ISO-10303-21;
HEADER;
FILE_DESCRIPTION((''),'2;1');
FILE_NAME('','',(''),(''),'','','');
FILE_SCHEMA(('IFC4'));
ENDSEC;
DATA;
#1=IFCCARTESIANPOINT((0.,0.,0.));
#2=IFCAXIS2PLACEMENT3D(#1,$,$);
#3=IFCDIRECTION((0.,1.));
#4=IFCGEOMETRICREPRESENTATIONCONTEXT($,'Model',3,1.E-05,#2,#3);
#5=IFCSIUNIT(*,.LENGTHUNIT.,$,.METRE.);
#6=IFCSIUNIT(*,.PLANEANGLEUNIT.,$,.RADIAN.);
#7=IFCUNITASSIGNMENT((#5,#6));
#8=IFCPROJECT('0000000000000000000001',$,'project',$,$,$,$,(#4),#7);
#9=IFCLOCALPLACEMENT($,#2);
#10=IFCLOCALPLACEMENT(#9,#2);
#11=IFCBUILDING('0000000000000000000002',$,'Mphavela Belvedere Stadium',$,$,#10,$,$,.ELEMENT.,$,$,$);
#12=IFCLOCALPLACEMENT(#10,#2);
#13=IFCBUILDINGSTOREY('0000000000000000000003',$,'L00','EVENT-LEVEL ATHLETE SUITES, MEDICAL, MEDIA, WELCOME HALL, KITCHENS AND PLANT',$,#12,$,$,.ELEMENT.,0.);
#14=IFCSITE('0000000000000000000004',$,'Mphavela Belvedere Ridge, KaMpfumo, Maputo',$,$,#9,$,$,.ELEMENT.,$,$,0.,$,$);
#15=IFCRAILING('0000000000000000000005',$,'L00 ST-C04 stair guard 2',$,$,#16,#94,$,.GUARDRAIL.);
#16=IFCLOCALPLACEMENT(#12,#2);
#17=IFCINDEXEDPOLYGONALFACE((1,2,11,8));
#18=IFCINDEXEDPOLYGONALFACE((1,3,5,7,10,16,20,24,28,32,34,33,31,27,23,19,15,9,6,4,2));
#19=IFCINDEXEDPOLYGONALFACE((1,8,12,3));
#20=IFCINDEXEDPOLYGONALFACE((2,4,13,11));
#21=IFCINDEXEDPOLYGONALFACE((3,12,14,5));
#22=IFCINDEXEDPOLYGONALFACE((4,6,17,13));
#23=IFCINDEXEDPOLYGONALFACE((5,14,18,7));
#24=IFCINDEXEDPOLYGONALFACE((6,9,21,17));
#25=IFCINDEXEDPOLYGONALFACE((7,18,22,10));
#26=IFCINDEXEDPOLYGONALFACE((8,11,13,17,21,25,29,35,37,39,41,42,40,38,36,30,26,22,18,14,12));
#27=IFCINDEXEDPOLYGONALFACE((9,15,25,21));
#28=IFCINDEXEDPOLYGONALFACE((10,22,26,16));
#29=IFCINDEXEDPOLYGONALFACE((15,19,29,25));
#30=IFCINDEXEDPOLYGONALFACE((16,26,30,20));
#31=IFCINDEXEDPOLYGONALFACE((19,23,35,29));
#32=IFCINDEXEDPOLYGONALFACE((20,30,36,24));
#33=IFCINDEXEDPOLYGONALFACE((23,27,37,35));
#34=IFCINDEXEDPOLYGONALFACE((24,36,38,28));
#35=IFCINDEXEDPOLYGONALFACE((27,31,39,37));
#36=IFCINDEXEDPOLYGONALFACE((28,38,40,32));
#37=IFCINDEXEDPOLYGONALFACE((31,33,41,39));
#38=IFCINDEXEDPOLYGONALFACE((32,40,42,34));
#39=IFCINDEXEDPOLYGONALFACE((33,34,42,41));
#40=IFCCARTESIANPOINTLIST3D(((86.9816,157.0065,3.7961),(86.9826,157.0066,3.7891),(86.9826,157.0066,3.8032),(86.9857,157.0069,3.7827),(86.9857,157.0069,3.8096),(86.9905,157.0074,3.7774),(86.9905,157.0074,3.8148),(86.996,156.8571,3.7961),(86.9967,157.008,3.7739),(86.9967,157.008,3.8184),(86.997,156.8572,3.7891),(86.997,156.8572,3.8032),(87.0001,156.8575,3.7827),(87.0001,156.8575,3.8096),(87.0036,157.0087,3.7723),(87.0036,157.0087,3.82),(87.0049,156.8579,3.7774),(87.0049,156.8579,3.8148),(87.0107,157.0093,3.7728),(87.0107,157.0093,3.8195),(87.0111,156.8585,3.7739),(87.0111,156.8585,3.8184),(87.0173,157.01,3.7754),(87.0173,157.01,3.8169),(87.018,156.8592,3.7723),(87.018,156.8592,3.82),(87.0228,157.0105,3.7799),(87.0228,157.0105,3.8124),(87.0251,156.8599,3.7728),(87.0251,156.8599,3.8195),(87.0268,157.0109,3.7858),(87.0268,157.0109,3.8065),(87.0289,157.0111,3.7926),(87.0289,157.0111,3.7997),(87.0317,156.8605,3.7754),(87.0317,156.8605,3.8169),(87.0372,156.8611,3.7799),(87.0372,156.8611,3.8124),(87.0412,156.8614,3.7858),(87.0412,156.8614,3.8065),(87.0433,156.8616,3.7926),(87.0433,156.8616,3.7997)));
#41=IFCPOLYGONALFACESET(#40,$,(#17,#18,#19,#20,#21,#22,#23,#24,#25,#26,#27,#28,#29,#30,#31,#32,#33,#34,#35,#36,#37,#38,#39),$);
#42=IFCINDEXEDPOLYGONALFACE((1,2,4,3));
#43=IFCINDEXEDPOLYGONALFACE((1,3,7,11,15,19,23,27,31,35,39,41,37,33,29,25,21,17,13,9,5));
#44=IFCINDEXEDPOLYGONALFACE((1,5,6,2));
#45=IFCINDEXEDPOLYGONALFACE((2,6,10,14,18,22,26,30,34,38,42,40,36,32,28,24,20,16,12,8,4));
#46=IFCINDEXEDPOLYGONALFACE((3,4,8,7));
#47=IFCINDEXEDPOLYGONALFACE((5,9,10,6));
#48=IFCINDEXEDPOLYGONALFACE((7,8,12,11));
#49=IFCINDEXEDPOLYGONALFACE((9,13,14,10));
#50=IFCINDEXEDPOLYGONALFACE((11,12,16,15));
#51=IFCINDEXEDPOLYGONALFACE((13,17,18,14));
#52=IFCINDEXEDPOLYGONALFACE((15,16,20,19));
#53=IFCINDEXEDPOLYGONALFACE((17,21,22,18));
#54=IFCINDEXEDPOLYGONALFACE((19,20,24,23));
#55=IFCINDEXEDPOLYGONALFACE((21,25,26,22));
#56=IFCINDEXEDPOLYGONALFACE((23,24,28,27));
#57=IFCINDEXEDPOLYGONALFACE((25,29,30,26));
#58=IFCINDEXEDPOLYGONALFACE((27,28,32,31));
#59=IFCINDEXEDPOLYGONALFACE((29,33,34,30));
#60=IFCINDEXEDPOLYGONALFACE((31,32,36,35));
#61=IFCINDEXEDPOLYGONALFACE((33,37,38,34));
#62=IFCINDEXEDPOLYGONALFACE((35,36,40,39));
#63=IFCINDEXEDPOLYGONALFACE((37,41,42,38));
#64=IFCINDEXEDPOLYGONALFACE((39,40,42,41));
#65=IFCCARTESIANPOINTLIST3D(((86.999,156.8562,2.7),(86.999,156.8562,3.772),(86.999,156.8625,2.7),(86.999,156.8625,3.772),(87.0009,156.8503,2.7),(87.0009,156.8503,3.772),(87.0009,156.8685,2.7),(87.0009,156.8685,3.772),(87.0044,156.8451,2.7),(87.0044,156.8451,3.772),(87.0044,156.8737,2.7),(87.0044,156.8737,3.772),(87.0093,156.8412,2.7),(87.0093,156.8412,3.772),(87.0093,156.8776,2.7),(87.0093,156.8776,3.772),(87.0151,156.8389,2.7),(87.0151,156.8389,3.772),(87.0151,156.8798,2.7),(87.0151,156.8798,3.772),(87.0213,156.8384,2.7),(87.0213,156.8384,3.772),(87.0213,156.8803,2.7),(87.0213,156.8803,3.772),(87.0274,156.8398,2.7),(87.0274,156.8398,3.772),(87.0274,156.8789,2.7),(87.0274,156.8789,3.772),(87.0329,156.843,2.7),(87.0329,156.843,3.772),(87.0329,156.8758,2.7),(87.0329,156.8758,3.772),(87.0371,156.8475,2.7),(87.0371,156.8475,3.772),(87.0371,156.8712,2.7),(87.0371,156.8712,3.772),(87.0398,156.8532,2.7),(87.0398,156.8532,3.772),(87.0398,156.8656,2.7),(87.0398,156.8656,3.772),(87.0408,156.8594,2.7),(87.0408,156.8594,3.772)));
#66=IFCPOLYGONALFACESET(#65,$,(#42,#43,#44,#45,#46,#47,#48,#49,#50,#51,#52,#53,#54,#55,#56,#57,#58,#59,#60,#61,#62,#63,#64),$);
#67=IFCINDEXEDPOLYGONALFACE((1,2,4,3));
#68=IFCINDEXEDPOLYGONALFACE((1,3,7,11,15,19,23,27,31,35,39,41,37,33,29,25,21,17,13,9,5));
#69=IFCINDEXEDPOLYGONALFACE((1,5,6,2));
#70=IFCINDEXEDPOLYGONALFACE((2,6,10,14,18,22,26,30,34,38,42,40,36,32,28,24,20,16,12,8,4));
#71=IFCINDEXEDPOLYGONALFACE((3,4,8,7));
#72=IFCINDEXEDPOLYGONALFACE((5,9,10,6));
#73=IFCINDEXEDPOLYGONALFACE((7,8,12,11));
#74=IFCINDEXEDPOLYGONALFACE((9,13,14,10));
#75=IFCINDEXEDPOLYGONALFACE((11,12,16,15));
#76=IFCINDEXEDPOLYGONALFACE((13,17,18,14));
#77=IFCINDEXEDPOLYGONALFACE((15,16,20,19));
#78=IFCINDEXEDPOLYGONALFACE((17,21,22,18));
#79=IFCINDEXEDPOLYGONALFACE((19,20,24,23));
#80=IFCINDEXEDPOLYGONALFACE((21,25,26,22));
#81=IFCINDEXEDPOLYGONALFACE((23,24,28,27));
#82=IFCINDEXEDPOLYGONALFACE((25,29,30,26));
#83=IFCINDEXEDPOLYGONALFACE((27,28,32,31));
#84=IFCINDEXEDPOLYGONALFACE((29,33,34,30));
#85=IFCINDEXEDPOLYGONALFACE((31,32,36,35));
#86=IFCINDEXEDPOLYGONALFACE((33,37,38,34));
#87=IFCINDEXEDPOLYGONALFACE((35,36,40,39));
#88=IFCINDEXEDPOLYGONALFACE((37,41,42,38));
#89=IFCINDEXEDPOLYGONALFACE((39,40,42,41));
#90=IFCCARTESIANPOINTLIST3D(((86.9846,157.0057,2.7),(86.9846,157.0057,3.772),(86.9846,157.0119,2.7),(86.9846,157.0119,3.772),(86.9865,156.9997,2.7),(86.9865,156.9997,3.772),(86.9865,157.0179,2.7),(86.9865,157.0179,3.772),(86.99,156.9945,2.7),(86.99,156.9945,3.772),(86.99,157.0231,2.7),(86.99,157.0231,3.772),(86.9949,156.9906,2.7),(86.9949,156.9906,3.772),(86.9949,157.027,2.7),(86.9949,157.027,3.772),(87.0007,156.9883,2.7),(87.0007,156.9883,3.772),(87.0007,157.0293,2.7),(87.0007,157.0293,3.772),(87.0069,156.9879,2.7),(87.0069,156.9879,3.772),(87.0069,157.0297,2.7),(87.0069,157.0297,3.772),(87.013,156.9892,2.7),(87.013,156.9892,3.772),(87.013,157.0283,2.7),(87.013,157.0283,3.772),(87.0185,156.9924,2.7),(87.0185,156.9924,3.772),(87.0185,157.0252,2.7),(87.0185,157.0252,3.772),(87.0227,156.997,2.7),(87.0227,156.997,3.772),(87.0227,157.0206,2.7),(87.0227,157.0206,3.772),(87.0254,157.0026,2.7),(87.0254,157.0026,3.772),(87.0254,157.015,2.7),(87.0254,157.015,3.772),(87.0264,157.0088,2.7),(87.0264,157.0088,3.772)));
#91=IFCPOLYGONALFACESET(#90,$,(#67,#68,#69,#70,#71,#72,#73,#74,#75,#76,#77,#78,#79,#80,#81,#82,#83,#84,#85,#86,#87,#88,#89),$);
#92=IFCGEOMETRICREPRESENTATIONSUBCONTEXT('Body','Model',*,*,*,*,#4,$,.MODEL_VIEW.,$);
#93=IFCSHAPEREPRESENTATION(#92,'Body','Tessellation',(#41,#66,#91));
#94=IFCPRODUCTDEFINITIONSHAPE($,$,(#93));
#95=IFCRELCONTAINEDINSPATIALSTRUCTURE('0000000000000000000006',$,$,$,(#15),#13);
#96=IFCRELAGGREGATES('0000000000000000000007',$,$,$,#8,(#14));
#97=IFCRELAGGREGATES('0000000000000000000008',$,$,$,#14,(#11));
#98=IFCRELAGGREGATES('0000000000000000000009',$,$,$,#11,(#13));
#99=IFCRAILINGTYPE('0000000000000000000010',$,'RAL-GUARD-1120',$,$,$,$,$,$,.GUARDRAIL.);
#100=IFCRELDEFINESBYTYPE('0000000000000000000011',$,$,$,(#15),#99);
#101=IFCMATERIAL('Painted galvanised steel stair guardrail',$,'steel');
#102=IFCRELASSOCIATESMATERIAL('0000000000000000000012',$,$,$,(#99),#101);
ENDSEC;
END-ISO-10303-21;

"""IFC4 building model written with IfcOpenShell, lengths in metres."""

from ifc_helpers import new_model, si_unit, direction, frame, origin, origin_2d, place, context, subcontext, project, spatial, circle, extrude, material, type_object, element, save


model = new_model("IFC4")

# Units and contexts
model_context = context("Model", 3, precision=1e-05, world=origin(), true_north=direction((0.0, 1.0)))
body_context = subcontext(model_context, "Body", "Model", "MODEL_VIEW")
ifc_project = project(units=[si_unit("LENGTHUNIT", "METRE"), si_unit("PLANEANGLEUNIT", "RADIAN")], contexts=[model_context])

# Site, building, storey
site_placement = place(None, origin())
site = spatial("IfcSite", under=ifc_project, at=site_placement, Name="Mphavela Belvedere Ridge, KaMpfumo, Maputo", CompositionType="ELEMENT", RefElevation=0.0)
building_placement = place(site_placement, origin())
building = spatial("IfcBuilding", under=site, at=building_placement, Name="Mphavela Belvedere Stadium", CompositionType="ELEMENT")
storey_placement = place(building_placement, origin())
storey = spatial("IfcBuildingStorey", under=building, at=storey_placement, Name="L00", Description="EVENT-LEVEL ATHLETE SUITES, MEDICAL, MEDIA, WELCOME HALL, KITCHENS AND PLANT", CompositionType="ELEMENT", Elevation=0.0)

# Railing
ifc_material_1 = material(Name="Painted galvanised steel stair guardrail", Category="steel")
railing_type_1 = type_object("IfcRailingType", Name="RAL-GUARD-1120", PredefinedType="GUARDRAIL", material=ifc_material_1)
railing_1_placement = place(storey_placement, frame((87.0198, 156.8594, 2.7)))
element("IfcRailing", 1, at=railing_1_placement, inside=storey, type_object=railing_type_1, Name="L00 ST-C04 stair guard 2", PredefinedType="GUARDRAIL", context=body_context, shape_type="SweptSolid", body=[
    extrude(circle(Radius=0.0239, at=origin_2d()), frame((0.0, 0.0, 1.0962), z_axis=(-0.09596, 0.995385, 0.0), x_axis=(-0.995385, -0.09596, 0.0)), (0.0, 0.0, 1.0), 0.1501),
    extrude(circle(Radius=0.021, at=origin_2d()), origin(), (0.0, 0.0, 1.0), 1.072),
    extrude(circle(Radius=0.021, at=origin_2d()), frame((-0.0144, 0.1494, 0.0)), (0.0, 0.0, 1.0), 1.072),
])

save(model, "model.ifc")
